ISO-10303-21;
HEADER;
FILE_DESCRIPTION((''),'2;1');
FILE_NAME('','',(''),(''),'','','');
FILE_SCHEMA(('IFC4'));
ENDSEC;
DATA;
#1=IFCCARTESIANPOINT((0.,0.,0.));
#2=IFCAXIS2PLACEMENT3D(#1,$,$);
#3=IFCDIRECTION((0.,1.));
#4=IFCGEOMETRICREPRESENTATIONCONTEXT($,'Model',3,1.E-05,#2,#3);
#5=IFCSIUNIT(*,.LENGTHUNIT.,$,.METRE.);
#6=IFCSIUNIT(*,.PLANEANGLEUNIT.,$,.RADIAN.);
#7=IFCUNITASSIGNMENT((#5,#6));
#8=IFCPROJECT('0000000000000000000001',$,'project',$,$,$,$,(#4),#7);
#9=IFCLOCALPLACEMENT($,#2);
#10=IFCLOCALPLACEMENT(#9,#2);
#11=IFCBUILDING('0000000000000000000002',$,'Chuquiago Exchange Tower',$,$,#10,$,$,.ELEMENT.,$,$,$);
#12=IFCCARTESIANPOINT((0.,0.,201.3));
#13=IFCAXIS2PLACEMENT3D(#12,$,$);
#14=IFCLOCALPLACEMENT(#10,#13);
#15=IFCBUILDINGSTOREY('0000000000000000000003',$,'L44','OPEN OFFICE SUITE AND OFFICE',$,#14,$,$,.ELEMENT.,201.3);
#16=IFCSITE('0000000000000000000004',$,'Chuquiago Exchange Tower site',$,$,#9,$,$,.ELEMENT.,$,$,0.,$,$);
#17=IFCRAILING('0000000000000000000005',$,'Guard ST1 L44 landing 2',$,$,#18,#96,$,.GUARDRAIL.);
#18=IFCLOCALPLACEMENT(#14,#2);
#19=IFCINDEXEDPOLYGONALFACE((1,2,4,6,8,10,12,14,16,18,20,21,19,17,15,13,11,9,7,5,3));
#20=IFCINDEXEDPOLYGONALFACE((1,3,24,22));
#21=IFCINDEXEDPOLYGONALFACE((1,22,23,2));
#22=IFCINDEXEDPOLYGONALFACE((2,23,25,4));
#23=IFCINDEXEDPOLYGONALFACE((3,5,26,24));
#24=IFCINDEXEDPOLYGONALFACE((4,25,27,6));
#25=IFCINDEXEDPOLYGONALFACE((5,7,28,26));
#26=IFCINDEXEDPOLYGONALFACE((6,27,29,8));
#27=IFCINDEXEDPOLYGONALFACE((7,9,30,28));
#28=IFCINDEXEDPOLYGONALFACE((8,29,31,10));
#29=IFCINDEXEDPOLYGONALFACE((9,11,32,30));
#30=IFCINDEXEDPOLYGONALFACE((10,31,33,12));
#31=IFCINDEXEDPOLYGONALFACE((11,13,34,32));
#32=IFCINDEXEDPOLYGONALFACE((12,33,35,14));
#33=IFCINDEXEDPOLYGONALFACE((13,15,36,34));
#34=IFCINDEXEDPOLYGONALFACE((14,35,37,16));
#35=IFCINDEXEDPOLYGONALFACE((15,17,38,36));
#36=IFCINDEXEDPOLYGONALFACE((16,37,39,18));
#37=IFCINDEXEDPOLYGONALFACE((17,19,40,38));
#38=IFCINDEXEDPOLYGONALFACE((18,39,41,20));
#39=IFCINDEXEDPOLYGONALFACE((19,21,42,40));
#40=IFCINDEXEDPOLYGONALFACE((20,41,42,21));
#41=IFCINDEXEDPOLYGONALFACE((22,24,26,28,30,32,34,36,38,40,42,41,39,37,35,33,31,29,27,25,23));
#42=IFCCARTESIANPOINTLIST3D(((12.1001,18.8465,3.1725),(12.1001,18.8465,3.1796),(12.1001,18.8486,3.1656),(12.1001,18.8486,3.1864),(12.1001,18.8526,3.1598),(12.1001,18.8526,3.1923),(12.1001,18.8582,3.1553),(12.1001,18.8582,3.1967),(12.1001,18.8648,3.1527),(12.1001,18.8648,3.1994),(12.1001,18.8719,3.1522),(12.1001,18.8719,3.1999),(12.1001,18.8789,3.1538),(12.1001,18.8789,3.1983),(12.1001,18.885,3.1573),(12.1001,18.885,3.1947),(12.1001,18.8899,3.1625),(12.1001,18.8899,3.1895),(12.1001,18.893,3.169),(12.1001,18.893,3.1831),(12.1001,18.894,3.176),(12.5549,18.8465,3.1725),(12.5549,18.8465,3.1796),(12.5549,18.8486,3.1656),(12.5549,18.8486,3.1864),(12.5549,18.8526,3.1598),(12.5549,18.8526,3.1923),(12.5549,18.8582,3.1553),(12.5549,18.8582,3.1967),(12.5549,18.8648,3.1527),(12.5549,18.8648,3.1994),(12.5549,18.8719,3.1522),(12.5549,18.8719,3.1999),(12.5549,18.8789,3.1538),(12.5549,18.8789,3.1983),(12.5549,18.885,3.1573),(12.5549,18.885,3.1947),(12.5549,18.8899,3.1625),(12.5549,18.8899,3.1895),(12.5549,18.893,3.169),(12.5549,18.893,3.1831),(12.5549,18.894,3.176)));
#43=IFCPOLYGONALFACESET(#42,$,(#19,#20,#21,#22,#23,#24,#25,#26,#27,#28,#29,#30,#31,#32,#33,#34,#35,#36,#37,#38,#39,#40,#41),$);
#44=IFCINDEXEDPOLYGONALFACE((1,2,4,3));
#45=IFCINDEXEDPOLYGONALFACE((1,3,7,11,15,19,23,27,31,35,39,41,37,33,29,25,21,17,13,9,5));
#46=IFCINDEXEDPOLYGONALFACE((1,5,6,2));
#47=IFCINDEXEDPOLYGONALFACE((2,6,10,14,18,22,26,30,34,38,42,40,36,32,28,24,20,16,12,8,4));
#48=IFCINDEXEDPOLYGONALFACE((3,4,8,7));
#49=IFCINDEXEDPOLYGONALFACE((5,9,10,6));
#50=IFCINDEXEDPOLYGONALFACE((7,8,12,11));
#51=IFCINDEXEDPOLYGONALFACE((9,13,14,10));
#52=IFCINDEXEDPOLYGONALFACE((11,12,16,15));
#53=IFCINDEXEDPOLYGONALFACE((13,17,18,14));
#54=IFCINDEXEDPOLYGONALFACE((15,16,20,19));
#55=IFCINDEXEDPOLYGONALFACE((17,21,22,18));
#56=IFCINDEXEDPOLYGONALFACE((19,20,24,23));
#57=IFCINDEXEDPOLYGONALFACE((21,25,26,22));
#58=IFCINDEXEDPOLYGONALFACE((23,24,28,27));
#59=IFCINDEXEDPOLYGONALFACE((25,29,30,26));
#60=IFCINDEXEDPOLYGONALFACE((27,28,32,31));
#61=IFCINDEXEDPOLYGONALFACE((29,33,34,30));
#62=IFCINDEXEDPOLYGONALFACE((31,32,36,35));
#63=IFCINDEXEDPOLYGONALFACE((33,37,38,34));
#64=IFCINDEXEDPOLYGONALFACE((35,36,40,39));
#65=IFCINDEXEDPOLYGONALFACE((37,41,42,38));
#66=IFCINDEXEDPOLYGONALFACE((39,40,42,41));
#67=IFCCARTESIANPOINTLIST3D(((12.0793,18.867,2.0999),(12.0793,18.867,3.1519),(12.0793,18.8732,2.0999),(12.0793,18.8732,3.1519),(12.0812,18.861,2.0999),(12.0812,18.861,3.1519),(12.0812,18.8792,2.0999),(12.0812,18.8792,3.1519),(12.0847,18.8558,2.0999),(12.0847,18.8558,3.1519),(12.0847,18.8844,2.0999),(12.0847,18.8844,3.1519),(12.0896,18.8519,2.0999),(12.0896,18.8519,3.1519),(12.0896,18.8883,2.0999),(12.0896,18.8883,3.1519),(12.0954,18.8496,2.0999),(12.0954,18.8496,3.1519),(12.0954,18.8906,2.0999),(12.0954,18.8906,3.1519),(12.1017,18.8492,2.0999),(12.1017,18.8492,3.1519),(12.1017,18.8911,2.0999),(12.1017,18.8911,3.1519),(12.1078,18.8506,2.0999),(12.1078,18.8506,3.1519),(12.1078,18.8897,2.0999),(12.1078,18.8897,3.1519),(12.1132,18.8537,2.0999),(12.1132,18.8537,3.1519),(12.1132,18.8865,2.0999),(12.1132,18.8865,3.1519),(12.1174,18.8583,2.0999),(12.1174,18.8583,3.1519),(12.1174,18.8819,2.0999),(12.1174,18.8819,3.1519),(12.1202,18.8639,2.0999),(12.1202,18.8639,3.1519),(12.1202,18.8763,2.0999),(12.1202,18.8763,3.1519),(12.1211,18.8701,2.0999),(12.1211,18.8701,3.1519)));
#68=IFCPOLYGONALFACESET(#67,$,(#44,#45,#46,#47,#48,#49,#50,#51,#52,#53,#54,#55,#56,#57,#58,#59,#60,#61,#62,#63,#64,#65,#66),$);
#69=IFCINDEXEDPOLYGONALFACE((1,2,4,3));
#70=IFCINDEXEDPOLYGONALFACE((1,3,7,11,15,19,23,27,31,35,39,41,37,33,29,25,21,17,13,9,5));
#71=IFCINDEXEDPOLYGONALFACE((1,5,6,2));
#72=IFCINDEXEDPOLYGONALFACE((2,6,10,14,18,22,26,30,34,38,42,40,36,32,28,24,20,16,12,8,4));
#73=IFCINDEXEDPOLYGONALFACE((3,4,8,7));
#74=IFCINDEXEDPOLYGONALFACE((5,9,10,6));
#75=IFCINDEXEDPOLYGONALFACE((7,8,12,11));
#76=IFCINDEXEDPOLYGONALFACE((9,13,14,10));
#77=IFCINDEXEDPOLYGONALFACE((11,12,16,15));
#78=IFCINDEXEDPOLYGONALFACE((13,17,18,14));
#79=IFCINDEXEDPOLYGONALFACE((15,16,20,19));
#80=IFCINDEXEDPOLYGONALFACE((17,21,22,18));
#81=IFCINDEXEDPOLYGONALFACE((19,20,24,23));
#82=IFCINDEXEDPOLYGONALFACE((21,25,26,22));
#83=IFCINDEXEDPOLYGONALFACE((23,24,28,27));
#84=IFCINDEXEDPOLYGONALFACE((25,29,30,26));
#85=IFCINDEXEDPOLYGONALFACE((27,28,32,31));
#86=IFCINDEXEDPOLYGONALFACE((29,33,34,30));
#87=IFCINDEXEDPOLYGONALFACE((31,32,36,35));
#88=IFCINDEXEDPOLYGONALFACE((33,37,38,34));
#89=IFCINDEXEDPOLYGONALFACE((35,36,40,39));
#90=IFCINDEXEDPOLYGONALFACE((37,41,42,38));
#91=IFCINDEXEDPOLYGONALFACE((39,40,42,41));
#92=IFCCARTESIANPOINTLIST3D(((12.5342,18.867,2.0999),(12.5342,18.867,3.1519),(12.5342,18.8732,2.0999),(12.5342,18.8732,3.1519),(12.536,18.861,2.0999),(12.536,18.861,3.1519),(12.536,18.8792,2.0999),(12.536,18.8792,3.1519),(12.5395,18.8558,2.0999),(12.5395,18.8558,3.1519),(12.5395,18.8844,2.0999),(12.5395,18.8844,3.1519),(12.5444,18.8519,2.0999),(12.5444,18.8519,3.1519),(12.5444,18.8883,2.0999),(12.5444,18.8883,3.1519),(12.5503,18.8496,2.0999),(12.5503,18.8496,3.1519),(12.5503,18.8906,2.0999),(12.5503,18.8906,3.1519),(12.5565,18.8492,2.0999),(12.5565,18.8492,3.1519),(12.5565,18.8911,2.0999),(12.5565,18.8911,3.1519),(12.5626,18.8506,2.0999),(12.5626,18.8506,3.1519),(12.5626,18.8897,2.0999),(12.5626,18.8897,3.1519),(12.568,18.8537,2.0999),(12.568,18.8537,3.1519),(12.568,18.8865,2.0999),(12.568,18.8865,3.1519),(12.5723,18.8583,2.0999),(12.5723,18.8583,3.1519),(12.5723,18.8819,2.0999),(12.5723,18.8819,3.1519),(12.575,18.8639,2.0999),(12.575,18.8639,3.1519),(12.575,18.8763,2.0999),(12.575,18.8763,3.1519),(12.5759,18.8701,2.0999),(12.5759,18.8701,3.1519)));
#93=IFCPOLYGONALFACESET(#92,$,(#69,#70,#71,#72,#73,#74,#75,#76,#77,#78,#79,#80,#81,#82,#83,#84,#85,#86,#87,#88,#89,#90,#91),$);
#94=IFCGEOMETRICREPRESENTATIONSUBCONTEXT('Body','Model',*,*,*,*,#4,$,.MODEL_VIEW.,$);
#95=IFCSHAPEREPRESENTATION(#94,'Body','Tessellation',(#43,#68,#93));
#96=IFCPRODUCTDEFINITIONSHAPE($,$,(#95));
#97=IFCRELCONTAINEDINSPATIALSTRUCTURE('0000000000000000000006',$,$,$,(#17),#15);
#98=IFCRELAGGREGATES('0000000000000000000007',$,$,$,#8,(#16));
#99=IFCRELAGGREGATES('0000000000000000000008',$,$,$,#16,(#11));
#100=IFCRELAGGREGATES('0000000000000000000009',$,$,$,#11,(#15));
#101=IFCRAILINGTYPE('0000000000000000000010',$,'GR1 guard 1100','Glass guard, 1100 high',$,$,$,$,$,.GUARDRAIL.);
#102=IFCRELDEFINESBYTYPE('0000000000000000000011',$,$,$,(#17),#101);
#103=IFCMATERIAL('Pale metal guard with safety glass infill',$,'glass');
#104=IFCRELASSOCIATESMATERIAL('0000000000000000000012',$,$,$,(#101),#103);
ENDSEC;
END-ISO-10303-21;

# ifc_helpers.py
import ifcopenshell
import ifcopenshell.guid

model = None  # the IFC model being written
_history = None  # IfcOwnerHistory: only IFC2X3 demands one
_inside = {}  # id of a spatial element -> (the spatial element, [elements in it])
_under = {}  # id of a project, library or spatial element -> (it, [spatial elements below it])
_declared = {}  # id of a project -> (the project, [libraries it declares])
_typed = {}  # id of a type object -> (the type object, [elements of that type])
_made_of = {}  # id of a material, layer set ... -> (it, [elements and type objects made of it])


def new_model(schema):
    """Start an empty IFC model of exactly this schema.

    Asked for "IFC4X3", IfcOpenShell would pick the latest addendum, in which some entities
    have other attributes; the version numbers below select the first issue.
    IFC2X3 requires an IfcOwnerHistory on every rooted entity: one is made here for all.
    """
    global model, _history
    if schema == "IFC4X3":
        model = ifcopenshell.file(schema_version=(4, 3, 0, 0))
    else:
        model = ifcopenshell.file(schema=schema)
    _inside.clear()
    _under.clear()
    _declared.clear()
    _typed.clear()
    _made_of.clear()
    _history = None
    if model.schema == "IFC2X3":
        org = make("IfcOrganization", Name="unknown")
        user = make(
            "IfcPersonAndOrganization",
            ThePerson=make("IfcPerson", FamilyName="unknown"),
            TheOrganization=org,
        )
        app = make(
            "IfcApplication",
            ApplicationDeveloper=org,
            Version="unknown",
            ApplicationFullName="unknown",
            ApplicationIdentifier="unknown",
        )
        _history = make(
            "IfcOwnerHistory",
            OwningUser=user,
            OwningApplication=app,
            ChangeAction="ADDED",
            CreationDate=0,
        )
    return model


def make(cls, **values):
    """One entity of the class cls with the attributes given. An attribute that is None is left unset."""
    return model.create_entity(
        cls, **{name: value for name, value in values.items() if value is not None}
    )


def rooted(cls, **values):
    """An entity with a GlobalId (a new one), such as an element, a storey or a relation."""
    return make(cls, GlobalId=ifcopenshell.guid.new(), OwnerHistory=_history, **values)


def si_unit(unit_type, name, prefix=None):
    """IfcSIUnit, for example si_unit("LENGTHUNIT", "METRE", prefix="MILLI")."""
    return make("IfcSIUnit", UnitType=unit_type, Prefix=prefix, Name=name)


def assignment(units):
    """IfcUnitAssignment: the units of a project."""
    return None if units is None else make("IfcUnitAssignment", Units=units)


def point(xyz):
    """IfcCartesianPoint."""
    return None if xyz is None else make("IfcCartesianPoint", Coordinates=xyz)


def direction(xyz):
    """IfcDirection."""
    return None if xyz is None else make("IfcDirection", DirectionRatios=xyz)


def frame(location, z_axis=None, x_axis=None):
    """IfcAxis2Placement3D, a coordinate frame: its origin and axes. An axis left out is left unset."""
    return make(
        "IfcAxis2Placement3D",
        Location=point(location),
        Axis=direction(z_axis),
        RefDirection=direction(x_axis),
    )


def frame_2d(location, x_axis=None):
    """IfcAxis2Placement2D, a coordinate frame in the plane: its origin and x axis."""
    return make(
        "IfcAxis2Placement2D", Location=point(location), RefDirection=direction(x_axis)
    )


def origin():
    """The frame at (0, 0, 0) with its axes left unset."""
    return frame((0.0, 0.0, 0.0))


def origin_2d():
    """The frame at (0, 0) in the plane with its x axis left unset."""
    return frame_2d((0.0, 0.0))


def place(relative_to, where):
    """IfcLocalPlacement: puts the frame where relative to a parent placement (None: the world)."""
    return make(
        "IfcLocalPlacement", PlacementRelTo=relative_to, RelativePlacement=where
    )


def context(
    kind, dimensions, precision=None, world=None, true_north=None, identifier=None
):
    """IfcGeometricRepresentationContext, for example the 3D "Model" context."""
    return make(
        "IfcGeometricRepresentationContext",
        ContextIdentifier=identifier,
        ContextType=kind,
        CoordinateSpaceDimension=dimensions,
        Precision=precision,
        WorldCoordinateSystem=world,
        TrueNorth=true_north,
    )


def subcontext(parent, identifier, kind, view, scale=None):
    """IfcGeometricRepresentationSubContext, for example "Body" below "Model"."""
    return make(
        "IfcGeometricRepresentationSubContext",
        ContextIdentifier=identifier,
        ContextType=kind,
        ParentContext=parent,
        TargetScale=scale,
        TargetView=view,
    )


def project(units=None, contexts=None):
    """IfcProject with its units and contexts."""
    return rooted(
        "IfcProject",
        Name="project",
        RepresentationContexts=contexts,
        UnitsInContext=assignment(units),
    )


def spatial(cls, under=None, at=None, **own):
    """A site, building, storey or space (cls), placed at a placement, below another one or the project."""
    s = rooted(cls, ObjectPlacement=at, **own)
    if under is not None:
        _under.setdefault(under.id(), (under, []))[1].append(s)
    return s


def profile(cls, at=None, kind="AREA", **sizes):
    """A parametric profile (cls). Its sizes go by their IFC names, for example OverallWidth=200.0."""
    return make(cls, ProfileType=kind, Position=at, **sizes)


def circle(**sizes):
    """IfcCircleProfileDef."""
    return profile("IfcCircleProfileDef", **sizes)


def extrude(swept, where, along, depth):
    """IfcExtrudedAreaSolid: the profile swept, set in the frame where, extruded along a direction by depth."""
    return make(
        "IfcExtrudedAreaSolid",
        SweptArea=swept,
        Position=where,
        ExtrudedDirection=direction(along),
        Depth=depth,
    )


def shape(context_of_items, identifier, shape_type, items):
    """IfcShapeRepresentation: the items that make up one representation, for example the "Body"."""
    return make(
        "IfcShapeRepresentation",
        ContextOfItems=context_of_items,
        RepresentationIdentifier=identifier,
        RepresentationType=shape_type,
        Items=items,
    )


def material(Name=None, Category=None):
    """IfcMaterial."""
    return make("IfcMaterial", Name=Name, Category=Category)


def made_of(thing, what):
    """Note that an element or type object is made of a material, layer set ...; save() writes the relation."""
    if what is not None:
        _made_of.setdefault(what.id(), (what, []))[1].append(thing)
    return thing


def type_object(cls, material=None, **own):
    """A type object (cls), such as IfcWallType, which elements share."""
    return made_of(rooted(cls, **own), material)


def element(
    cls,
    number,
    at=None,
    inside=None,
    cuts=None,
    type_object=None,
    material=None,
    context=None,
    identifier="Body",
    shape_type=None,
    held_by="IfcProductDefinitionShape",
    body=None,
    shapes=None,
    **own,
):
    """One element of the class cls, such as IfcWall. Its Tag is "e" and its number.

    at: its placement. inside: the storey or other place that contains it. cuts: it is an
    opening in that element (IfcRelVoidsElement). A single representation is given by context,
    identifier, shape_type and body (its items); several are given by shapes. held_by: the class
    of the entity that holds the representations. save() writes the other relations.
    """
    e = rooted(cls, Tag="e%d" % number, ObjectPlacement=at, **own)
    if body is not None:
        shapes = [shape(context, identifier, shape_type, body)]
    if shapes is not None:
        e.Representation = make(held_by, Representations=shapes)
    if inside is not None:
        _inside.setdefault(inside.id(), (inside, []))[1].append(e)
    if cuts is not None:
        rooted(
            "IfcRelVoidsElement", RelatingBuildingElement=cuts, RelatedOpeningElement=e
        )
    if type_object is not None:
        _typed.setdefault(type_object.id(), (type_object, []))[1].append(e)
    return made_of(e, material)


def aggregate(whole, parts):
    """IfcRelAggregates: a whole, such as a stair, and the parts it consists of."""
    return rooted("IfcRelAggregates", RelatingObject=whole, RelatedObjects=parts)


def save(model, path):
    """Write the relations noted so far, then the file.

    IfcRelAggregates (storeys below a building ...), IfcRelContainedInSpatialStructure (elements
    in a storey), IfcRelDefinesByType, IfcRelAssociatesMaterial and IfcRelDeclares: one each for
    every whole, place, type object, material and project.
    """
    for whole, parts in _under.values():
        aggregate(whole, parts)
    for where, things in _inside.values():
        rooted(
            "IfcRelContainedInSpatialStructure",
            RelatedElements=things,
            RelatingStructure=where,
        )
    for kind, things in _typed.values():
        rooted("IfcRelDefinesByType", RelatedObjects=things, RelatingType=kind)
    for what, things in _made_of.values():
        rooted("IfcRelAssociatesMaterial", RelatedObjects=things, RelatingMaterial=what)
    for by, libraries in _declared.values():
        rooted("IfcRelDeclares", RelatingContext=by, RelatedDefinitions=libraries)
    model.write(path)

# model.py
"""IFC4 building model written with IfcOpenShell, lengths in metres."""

from ifc_helpers import new_model, si_unit, direction, frame, origin, origin_2d, place, context, subcontext, project, spatial, circle, extrude, material, type_object, element, save


model = new_model("IFC4")

# Units and contexts
model_context = context("Model", 3, precision=1e-05, world=origin(), true_north=direction((0.0, 1.0)))
body_context = subcontext(model_context, "Body", "Model", "MODEL_VIEW")
ifc_project = project(units=[si_unit("LENGTHUNIT", "METRE"), si_unit("PLANEANGLEUNIT", "RADIAN")], contexts=[model_context])

# Site, building, storey
site_placement = place(None, origin())
site = spatial("IfcSite", under=ifc_project, at=site_placement, Name="Chuquiago Exchange Tower site", CompositionType="ELEMENT", RefElevation=0.0)
building_placement = place(site_placement, origin())
building = spatial("IfcBuilding", under=site, at=building_placement, Name="Chuquiago Exchange Tower", CompositionType="ELEMENT")
storey_placement = place(building_placement, frame((0.0, 0.0, 201.3)))
storey = spatial("IfcBuildingStorey", under=building, at=storey_placement, Name="L44", Description="OPEN OFFICE SUITE AND OFFICE", CompositionType="ELEMENT", Elevation=201.3)

# Railing
ifc_material_1 = material(Name="Pale metal guard with safety glass infill", Category="glass")
railing_type = type_object("IfcRailingType", Name="GR1 guard 1100", Description="Glass guard, 1100 high", PredefinedType="GUARDRAIL", material=ifc_material_1)
railing_placement = place(storey_placement, frame((12.1001, 18.8701, 2.0999)))
element("IfcRailing", 1, at=railing_placement, inside=storey, type_object=railing_type, Name="Guard ST1 L44 landing 2", PredefinedType="GUARDRAIL", context=body_context, shape_type="SweptSolid", body=[
    extrude(circle(Radius=0.0239, at=origin_2d()), frame((0.0, 0.0, 1.0762), z_axis=(1.0, 0.0, 0.0), x_axis=(0.0, 1.0, 0.0)), (0.0, 0.0, 1.0), 0.4548),
    extrude(circle(Radius=0.021, at=origin_2d()), origin(), (0.0, 0.0, 1.0), 1.052),
    extrude(circle(Radius=0.021, at=origin_2d()), frame((0.4548, 0.0, 0.0)), (0.0, 0.0, 1.0), 1.052),
])

save(model, "model.ifc")
